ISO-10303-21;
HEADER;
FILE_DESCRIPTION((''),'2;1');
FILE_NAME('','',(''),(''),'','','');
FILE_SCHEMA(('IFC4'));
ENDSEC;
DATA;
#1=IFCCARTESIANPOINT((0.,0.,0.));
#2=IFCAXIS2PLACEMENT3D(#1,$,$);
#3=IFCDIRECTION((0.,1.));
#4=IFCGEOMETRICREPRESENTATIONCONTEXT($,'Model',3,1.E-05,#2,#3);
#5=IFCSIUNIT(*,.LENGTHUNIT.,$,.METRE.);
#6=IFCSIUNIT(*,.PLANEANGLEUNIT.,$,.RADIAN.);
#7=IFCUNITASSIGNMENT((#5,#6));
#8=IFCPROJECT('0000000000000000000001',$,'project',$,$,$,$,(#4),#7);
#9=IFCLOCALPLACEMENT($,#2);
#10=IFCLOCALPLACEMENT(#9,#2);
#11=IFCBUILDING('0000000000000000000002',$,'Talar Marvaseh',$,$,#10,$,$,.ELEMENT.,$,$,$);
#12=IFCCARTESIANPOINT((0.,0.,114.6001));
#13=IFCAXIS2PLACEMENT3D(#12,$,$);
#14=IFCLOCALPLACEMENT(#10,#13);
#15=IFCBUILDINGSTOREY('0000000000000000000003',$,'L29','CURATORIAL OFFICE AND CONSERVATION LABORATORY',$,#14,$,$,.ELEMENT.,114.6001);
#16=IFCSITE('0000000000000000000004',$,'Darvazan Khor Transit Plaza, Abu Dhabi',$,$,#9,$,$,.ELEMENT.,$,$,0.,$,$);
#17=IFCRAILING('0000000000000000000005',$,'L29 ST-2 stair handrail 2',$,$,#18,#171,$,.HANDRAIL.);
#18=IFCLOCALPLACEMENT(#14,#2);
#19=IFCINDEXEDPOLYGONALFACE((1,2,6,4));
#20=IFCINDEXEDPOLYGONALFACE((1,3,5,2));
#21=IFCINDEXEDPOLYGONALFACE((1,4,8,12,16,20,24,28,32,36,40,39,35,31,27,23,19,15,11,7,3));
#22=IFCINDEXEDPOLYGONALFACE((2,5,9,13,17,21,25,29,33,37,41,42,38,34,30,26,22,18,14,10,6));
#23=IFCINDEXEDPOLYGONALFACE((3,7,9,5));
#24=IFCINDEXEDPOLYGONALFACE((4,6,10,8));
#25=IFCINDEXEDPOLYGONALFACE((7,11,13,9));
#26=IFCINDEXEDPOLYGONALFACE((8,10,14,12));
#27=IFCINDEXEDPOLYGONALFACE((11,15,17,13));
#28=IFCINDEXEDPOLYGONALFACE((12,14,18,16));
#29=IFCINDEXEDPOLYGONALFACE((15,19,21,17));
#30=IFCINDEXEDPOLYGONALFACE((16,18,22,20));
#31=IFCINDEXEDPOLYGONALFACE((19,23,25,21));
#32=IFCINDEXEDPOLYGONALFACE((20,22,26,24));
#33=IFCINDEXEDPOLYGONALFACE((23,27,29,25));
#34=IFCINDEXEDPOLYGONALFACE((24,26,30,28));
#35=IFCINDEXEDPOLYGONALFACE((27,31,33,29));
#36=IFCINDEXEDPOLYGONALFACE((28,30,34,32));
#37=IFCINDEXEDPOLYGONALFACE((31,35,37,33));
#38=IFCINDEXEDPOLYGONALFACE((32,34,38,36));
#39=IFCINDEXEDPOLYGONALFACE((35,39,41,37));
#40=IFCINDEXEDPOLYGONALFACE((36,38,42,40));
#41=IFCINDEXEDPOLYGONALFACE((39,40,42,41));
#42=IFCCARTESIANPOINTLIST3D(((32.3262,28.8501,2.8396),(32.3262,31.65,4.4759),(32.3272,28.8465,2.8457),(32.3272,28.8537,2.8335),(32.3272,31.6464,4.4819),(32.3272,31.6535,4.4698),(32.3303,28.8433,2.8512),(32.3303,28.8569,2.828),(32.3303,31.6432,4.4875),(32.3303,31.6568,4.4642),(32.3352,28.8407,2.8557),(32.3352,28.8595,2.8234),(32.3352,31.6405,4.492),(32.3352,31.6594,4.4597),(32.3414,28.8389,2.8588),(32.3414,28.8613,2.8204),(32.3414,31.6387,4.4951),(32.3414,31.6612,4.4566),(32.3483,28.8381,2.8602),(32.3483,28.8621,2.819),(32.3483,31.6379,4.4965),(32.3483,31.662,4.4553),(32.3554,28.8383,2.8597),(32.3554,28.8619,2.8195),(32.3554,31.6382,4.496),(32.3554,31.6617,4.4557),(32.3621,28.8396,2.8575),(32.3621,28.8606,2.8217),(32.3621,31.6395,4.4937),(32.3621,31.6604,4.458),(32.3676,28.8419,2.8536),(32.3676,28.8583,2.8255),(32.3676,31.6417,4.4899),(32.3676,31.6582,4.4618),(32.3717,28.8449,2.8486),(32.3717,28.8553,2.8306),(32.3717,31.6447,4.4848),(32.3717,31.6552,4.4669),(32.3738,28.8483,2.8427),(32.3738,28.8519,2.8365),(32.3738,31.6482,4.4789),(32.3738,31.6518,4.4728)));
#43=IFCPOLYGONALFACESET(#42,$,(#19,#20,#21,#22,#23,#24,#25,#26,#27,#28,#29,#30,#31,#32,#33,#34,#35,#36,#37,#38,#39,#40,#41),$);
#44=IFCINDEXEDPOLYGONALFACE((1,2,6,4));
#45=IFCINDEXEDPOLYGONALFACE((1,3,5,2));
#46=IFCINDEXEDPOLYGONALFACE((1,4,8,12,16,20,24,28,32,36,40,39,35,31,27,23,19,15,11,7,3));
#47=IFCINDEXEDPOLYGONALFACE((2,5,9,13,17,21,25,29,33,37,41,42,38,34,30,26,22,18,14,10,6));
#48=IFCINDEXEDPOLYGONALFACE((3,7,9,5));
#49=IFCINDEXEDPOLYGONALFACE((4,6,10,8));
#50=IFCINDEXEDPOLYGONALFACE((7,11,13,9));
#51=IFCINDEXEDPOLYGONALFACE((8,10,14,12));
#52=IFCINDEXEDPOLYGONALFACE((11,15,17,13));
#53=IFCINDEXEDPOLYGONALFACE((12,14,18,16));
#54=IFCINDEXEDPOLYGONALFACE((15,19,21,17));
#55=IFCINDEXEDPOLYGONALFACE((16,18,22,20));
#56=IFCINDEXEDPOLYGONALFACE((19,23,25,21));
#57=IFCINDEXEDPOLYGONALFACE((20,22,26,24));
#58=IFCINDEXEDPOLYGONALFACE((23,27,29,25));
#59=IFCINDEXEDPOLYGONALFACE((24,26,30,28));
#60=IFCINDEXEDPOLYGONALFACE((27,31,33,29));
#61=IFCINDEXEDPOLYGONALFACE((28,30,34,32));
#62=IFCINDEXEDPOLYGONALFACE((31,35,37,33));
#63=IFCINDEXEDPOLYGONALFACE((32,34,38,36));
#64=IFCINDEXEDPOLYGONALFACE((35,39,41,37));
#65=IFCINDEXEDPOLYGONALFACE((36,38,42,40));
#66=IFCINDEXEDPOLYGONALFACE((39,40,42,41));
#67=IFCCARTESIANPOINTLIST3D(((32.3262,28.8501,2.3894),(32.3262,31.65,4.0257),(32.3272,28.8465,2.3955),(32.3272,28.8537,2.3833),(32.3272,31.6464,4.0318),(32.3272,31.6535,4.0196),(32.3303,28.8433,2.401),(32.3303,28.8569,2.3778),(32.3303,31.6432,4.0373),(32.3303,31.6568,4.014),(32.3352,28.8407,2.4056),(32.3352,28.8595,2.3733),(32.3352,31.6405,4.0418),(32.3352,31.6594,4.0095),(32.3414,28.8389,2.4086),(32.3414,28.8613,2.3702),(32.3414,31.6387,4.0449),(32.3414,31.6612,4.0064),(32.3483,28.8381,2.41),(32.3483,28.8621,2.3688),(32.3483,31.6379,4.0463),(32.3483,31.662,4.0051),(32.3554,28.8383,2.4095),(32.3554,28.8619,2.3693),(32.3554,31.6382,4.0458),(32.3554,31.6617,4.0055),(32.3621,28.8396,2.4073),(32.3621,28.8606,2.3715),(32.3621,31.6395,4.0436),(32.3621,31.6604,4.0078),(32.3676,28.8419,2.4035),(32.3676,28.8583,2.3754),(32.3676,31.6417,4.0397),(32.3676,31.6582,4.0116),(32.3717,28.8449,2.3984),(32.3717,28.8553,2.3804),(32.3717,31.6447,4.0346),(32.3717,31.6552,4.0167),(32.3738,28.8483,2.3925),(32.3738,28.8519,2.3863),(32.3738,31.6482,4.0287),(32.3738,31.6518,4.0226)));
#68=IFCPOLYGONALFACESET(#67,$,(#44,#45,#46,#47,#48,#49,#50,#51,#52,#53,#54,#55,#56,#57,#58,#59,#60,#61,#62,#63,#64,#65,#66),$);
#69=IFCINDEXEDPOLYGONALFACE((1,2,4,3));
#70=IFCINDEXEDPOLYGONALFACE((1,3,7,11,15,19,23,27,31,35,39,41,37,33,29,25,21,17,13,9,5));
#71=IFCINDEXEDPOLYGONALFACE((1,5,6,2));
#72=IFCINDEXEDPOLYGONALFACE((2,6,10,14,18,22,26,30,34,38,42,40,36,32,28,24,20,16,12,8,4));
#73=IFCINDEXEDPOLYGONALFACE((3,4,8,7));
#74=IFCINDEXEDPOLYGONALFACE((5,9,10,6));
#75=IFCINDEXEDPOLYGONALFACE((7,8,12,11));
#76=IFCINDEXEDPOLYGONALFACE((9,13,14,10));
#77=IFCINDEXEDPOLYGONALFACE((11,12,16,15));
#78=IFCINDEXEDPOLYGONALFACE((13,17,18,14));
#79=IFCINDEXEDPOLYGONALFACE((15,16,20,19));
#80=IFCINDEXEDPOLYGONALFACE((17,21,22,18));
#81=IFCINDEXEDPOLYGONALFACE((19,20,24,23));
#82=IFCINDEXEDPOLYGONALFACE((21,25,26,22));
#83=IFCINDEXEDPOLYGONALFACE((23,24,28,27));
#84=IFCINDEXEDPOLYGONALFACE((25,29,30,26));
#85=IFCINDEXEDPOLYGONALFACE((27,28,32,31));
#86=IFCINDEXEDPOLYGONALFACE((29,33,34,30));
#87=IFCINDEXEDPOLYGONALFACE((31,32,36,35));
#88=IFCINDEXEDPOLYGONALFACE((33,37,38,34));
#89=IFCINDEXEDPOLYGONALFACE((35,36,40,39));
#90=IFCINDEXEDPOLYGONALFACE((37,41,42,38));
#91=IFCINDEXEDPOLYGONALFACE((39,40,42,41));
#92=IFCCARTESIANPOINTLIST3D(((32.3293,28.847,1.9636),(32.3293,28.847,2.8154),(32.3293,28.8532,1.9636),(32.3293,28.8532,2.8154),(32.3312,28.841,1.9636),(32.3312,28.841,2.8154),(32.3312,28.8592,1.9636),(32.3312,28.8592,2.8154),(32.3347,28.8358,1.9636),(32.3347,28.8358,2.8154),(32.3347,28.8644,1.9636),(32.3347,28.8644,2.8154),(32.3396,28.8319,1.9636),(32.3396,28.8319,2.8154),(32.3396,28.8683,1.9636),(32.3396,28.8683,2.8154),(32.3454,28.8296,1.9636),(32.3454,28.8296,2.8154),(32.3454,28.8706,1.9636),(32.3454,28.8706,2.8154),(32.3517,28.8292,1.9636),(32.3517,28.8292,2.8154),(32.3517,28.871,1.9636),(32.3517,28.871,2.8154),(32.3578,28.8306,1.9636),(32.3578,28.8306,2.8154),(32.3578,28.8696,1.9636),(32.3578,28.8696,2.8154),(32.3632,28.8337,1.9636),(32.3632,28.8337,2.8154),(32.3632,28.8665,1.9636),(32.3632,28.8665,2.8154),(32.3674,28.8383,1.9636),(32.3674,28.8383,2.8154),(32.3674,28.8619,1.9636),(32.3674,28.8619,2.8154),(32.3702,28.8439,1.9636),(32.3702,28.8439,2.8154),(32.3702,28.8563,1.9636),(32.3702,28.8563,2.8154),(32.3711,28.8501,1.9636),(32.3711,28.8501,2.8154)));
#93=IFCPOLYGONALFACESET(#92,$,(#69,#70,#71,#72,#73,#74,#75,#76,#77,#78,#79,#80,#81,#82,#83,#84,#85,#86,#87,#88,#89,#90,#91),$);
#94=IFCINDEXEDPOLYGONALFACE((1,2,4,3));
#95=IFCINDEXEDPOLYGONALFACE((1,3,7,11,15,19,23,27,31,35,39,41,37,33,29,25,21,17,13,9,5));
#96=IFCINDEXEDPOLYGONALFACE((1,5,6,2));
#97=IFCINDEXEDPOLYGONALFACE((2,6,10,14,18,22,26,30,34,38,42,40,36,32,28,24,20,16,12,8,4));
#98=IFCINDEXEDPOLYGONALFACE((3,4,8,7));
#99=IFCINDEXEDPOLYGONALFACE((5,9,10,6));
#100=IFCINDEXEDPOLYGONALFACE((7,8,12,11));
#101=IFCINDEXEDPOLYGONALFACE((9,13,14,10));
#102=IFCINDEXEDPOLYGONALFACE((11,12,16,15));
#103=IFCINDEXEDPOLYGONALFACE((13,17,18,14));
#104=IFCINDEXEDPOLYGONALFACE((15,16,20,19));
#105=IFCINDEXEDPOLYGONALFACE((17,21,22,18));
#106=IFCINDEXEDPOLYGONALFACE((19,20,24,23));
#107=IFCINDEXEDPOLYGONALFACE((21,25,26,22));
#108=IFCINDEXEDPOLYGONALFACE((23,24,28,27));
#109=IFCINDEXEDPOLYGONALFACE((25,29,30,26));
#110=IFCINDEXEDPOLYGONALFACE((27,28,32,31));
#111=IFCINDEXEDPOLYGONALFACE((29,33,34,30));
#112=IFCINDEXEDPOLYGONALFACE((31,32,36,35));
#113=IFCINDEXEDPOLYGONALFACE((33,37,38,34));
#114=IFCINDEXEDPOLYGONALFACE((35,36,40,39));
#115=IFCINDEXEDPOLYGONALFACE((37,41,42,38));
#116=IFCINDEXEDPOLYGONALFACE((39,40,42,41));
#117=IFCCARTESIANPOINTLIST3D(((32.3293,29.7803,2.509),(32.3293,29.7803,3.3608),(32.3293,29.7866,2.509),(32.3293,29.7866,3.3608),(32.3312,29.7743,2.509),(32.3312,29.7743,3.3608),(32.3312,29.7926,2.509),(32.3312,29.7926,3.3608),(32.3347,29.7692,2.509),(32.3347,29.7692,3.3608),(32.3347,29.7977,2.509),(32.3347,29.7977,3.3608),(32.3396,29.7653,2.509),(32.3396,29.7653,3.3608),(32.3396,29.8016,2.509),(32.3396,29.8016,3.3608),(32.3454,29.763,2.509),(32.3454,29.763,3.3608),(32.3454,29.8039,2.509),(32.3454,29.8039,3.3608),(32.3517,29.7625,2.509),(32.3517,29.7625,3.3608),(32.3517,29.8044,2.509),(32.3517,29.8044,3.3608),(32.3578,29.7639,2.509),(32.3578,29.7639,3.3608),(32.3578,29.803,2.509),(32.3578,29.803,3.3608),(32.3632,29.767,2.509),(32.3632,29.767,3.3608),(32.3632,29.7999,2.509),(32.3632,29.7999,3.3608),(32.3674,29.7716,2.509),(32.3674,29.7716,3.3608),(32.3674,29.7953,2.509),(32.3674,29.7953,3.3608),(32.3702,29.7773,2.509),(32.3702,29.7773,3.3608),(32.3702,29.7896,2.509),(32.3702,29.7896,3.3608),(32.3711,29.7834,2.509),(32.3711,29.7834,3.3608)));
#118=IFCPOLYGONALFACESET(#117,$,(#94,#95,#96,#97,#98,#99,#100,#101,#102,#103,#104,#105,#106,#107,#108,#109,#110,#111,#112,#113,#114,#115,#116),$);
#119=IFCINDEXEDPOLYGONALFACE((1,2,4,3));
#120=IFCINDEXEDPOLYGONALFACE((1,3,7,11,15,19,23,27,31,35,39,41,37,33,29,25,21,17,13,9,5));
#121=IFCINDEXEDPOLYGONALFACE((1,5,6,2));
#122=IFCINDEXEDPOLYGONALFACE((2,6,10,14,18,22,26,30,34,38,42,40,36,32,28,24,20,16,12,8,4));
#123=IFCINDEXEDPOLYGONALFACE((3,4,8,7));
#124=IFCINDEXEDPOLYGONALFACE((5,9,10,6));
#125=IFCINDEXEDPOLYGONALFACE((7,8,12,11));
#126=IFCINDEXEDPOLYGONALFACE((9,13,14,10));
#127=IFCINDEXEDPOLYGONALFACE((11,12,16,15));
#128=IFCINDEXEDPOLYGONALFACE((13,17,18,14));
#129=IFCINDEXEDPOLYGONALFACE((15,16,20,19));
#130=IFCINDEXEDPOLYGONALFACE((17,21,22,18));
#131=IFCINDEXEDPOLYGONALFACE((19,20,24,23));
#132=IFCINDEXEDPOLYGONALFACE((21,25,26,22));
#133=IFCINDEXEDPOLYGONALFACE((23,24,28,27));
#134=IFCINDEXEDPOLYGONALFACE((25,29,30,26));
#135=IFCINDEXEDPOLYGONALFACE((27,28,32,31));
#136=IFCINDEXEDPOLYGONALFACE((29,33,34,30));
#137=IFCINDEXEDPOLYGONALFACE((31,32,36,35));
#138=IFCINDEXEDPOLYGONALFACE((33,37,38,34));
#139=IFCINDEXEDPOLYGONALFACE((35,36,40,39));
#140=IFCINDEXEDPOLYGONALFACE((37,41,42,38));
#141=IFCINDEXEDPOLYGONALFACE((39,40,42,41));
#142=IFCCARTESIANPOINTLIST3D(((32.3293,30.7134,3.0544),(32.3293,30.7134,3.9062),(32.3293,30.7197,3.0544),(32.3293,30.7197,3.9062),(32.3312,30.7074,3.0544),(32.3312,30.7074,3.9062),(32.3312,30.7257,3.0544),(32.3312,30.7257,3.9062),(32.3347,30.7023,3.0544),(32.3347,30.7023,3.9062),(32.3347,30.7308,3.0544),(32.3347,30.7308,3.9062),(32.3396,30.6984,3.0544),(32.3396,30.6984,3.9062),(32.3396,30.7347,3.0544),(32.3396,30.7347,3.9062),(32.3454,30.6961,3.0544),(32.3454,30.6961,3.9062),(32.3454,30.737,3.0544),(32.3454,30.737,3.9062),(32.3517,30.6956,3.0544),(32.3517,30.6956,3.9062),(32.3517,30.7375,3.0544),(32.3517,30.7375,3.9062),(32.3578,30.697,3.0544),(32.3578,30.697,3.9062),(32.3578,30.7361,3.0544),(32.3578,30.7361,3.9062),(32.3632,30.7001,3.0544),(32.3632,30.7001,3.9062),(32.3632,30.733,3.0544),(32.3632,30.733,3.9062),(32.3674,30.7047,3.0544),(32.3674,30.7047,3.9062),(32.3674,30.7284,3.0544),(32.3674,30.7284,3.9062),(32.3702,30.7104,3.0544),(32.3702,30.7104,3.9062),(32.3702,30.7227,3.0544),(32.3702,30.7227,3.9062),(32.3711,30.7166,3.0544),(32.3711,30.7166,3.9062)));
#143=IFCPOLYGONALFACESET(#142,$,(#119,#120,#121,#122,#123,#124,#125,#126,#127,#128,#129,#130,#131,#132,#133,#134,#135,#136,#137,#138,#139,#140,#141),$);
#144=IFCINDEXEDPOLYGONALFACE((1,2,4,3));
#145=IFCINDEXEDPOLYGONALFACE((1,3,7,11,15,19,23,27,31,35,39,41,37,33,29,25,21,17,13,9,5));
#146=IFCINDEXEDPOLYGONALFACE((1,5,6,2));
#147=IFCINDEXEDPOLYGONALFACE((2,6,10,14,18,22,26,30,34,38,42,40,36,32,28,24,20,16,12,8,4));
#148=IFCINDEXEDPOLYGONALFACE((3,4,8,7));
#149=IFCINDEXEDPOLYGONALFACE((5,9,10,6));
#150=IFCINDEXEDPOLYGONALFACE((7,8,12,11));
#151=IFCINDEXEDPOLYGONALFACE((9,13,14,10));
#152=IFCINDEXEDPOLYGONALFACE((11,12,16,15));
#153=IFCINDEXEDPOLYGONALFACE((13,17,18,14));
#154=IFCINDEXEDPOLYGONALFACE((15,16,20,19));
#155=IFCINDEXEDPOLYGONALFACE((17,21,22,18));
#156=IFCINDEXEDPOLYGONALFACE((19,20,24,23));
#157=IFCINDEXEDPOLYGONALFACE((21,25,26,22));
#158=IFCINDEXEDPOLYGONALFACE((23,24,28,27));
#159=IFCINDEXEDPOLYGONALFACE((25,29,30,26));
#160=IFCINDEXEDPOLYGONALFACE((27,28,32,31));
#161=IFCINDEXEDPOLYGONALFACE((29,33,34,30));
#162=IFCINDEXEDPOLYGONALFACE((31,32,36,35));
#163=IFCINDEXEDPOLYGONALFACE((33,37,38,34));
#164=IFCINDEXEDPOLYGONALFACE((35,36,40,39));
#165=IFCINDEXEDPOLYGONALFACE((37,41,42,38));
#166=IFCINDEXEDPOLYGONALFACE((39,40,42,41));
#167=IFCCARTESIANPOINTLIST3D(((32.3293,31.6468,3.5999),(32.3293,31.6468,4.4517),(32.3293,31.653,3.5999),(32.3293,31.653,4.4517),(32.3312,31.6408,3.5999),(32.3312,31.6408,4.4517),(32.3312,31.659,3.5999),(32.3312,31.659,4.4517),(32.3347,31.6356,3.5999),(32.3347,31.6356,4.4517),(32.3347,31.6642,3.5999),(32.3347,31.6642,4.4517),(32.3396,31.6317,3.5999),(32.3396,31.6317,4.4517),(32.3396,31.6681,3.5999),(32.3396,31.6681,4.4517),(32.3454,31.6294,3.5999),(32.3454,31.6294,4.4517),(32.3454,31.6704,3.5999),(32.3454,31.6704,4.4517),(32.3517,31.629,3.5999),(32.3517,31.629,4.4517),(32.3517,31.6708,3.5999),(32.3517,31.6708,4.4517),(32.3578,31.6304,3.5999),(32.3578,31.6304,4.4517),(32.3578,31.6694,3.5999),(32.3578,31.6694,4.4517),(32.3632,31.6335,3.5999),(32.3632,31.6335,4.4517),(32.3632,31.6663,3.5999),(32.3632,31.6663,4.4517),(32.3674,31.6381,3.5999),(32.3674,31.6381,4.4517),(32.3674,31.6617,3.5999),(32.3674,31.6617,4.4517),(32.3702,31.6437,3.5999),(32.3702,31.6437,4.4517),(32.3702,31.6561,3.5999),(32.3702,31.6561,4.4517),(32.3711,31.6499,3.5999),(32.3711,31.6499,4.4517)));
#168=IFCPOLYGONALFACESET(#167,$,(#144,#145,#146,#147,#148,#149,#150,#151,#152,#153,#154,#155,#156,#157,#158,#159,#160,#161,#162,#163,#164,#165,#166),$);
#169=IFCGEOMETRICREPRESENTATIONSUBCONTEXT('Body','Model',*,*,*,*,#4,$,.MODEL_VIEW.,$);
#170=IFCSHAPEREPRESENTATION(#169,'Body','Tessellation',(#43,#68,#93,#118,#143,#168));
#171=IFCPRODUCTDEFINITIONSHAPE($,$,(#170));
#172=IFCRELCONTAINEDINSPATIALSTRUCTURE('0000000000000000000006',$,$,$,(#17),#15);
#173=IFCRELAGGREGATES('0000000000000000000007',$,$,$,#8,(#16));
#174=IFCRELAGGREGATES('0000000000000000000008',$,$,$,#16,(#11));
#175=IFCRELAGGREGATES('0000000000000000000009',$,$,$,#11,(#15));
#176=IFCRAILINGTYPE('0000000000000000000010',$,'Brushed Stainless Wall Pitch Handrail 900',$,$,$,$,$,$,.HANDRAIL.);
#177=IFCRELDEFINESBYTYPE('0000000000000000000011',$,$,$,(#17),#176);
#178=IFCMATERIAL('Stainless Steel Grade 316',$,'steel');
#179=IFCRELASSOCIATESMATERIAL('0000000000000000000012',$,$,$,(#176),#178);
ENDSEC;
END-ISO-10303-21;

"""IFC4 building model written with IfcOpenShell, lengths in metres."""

from ifc_helpers import new_model, si_unit, direction, frame, origin, origin_2d, place, context, subcontext, project, spatial, circle, extrude, material, type_object, element, save


model = new_model("IFC4")

# Units and contexts
model_context = context("Model", 3, precision=1e-05, world=origin(), true_north=direction((0.0, 1.0)))
body_context = subcontext(model_context, "Body", "Model", "MODEL_VIEW")
ifc_project = project(units=[si_unit("LENGTHUNIT", "METRE"), si_unit("PLANEANGLEUNIT", "RADIAN")], contexts=[model_context])

# Site, building, storey
site_placement = place(None, origin())
site = spatial("IfcSite", under=ifc_project, at=site_placement, Name="Darvazan Khor Transit Plaza, Abu Dhabi", CompositionType="ELEMENT", RefElevation=0.0)
building_placement = place(site_placement, origin())
building = spatial("IfcBuilding", under=site, at=building_placement, Name="Talar Marvaseh", CompositionType="ELEMENT")
storey_placement = place(building_placement, frame((0.0, 0.0, 114.6001)))
storey = spatial("IfcBuildingStorey", under=building, at=storey_placement, Name="L29", Description="CURATORIAL OFFICE AND CONSERVATION LABORATORY", CompositionType="ELEMENT", Elevation=114.6001)

# Railing
ifc_material_1 = material(Name="Stainless Steel Grade 316", Category="steel")
railing_type = type_object("IfcRailingType", Name="Brushed Stainless Wall Pitch Handrail 900", PredefinedType="HANDRAIL", material=ifc_material_1)
railing_placement = place(storey_placement, frame((32.3501, 28.8501, 1.9636)))
element("IfcRailing", 1, at=railing_placement, inside=storey, type_object=railing_type, Name="L29 ST-2 stair handrail 2", PredefinedType="HANDRAIL", context=body_context, shape_type="SweptSolid", body=[
    extrude(circle(Radius=0.0239, at=origin_2d()), frame((0.0, 0.0, 0.876), z_axis=(0.0, 0.863374, 0.504564), x_axis=(-1.0, 0.0, 0.0)), (0.0, 0.0, 1.0), 3.2429),
    extrude(circle(Radius=0.0239, at=origin_2d()), frame((0.0, 0.0, 0.4258), z_axis=(0.0, 0.863374, 0.504564), x_axis=(-1.0, 0.0, 0.0)), (0.0, 0.0, 1.0), 3.2429),
    extrude(circle(Radius=0.021, at=origin_2d()), origin(), (0.0, 0.0, 1.0), 0.8518),
    extrude(circle(Radius=0.021, at=origin_2d()), frame((0.0, 0.9333, 0.5454)), (0.0, 0.0, 1.0), 0.8518),
    extrude(circle(Radius=0.021, at=origin_2d()), frame((0.0, 1.8665, 1.0908)), (0.0, 0.0, 1.0), 0.8518),
    extrude(circle(Radius=0.021, at=origin_2d()), frame((0.0, 2.7998, 1.6362)), (0.0, 0.0, 1.0), 0.8518),
])

save(model, "model.ifc")
